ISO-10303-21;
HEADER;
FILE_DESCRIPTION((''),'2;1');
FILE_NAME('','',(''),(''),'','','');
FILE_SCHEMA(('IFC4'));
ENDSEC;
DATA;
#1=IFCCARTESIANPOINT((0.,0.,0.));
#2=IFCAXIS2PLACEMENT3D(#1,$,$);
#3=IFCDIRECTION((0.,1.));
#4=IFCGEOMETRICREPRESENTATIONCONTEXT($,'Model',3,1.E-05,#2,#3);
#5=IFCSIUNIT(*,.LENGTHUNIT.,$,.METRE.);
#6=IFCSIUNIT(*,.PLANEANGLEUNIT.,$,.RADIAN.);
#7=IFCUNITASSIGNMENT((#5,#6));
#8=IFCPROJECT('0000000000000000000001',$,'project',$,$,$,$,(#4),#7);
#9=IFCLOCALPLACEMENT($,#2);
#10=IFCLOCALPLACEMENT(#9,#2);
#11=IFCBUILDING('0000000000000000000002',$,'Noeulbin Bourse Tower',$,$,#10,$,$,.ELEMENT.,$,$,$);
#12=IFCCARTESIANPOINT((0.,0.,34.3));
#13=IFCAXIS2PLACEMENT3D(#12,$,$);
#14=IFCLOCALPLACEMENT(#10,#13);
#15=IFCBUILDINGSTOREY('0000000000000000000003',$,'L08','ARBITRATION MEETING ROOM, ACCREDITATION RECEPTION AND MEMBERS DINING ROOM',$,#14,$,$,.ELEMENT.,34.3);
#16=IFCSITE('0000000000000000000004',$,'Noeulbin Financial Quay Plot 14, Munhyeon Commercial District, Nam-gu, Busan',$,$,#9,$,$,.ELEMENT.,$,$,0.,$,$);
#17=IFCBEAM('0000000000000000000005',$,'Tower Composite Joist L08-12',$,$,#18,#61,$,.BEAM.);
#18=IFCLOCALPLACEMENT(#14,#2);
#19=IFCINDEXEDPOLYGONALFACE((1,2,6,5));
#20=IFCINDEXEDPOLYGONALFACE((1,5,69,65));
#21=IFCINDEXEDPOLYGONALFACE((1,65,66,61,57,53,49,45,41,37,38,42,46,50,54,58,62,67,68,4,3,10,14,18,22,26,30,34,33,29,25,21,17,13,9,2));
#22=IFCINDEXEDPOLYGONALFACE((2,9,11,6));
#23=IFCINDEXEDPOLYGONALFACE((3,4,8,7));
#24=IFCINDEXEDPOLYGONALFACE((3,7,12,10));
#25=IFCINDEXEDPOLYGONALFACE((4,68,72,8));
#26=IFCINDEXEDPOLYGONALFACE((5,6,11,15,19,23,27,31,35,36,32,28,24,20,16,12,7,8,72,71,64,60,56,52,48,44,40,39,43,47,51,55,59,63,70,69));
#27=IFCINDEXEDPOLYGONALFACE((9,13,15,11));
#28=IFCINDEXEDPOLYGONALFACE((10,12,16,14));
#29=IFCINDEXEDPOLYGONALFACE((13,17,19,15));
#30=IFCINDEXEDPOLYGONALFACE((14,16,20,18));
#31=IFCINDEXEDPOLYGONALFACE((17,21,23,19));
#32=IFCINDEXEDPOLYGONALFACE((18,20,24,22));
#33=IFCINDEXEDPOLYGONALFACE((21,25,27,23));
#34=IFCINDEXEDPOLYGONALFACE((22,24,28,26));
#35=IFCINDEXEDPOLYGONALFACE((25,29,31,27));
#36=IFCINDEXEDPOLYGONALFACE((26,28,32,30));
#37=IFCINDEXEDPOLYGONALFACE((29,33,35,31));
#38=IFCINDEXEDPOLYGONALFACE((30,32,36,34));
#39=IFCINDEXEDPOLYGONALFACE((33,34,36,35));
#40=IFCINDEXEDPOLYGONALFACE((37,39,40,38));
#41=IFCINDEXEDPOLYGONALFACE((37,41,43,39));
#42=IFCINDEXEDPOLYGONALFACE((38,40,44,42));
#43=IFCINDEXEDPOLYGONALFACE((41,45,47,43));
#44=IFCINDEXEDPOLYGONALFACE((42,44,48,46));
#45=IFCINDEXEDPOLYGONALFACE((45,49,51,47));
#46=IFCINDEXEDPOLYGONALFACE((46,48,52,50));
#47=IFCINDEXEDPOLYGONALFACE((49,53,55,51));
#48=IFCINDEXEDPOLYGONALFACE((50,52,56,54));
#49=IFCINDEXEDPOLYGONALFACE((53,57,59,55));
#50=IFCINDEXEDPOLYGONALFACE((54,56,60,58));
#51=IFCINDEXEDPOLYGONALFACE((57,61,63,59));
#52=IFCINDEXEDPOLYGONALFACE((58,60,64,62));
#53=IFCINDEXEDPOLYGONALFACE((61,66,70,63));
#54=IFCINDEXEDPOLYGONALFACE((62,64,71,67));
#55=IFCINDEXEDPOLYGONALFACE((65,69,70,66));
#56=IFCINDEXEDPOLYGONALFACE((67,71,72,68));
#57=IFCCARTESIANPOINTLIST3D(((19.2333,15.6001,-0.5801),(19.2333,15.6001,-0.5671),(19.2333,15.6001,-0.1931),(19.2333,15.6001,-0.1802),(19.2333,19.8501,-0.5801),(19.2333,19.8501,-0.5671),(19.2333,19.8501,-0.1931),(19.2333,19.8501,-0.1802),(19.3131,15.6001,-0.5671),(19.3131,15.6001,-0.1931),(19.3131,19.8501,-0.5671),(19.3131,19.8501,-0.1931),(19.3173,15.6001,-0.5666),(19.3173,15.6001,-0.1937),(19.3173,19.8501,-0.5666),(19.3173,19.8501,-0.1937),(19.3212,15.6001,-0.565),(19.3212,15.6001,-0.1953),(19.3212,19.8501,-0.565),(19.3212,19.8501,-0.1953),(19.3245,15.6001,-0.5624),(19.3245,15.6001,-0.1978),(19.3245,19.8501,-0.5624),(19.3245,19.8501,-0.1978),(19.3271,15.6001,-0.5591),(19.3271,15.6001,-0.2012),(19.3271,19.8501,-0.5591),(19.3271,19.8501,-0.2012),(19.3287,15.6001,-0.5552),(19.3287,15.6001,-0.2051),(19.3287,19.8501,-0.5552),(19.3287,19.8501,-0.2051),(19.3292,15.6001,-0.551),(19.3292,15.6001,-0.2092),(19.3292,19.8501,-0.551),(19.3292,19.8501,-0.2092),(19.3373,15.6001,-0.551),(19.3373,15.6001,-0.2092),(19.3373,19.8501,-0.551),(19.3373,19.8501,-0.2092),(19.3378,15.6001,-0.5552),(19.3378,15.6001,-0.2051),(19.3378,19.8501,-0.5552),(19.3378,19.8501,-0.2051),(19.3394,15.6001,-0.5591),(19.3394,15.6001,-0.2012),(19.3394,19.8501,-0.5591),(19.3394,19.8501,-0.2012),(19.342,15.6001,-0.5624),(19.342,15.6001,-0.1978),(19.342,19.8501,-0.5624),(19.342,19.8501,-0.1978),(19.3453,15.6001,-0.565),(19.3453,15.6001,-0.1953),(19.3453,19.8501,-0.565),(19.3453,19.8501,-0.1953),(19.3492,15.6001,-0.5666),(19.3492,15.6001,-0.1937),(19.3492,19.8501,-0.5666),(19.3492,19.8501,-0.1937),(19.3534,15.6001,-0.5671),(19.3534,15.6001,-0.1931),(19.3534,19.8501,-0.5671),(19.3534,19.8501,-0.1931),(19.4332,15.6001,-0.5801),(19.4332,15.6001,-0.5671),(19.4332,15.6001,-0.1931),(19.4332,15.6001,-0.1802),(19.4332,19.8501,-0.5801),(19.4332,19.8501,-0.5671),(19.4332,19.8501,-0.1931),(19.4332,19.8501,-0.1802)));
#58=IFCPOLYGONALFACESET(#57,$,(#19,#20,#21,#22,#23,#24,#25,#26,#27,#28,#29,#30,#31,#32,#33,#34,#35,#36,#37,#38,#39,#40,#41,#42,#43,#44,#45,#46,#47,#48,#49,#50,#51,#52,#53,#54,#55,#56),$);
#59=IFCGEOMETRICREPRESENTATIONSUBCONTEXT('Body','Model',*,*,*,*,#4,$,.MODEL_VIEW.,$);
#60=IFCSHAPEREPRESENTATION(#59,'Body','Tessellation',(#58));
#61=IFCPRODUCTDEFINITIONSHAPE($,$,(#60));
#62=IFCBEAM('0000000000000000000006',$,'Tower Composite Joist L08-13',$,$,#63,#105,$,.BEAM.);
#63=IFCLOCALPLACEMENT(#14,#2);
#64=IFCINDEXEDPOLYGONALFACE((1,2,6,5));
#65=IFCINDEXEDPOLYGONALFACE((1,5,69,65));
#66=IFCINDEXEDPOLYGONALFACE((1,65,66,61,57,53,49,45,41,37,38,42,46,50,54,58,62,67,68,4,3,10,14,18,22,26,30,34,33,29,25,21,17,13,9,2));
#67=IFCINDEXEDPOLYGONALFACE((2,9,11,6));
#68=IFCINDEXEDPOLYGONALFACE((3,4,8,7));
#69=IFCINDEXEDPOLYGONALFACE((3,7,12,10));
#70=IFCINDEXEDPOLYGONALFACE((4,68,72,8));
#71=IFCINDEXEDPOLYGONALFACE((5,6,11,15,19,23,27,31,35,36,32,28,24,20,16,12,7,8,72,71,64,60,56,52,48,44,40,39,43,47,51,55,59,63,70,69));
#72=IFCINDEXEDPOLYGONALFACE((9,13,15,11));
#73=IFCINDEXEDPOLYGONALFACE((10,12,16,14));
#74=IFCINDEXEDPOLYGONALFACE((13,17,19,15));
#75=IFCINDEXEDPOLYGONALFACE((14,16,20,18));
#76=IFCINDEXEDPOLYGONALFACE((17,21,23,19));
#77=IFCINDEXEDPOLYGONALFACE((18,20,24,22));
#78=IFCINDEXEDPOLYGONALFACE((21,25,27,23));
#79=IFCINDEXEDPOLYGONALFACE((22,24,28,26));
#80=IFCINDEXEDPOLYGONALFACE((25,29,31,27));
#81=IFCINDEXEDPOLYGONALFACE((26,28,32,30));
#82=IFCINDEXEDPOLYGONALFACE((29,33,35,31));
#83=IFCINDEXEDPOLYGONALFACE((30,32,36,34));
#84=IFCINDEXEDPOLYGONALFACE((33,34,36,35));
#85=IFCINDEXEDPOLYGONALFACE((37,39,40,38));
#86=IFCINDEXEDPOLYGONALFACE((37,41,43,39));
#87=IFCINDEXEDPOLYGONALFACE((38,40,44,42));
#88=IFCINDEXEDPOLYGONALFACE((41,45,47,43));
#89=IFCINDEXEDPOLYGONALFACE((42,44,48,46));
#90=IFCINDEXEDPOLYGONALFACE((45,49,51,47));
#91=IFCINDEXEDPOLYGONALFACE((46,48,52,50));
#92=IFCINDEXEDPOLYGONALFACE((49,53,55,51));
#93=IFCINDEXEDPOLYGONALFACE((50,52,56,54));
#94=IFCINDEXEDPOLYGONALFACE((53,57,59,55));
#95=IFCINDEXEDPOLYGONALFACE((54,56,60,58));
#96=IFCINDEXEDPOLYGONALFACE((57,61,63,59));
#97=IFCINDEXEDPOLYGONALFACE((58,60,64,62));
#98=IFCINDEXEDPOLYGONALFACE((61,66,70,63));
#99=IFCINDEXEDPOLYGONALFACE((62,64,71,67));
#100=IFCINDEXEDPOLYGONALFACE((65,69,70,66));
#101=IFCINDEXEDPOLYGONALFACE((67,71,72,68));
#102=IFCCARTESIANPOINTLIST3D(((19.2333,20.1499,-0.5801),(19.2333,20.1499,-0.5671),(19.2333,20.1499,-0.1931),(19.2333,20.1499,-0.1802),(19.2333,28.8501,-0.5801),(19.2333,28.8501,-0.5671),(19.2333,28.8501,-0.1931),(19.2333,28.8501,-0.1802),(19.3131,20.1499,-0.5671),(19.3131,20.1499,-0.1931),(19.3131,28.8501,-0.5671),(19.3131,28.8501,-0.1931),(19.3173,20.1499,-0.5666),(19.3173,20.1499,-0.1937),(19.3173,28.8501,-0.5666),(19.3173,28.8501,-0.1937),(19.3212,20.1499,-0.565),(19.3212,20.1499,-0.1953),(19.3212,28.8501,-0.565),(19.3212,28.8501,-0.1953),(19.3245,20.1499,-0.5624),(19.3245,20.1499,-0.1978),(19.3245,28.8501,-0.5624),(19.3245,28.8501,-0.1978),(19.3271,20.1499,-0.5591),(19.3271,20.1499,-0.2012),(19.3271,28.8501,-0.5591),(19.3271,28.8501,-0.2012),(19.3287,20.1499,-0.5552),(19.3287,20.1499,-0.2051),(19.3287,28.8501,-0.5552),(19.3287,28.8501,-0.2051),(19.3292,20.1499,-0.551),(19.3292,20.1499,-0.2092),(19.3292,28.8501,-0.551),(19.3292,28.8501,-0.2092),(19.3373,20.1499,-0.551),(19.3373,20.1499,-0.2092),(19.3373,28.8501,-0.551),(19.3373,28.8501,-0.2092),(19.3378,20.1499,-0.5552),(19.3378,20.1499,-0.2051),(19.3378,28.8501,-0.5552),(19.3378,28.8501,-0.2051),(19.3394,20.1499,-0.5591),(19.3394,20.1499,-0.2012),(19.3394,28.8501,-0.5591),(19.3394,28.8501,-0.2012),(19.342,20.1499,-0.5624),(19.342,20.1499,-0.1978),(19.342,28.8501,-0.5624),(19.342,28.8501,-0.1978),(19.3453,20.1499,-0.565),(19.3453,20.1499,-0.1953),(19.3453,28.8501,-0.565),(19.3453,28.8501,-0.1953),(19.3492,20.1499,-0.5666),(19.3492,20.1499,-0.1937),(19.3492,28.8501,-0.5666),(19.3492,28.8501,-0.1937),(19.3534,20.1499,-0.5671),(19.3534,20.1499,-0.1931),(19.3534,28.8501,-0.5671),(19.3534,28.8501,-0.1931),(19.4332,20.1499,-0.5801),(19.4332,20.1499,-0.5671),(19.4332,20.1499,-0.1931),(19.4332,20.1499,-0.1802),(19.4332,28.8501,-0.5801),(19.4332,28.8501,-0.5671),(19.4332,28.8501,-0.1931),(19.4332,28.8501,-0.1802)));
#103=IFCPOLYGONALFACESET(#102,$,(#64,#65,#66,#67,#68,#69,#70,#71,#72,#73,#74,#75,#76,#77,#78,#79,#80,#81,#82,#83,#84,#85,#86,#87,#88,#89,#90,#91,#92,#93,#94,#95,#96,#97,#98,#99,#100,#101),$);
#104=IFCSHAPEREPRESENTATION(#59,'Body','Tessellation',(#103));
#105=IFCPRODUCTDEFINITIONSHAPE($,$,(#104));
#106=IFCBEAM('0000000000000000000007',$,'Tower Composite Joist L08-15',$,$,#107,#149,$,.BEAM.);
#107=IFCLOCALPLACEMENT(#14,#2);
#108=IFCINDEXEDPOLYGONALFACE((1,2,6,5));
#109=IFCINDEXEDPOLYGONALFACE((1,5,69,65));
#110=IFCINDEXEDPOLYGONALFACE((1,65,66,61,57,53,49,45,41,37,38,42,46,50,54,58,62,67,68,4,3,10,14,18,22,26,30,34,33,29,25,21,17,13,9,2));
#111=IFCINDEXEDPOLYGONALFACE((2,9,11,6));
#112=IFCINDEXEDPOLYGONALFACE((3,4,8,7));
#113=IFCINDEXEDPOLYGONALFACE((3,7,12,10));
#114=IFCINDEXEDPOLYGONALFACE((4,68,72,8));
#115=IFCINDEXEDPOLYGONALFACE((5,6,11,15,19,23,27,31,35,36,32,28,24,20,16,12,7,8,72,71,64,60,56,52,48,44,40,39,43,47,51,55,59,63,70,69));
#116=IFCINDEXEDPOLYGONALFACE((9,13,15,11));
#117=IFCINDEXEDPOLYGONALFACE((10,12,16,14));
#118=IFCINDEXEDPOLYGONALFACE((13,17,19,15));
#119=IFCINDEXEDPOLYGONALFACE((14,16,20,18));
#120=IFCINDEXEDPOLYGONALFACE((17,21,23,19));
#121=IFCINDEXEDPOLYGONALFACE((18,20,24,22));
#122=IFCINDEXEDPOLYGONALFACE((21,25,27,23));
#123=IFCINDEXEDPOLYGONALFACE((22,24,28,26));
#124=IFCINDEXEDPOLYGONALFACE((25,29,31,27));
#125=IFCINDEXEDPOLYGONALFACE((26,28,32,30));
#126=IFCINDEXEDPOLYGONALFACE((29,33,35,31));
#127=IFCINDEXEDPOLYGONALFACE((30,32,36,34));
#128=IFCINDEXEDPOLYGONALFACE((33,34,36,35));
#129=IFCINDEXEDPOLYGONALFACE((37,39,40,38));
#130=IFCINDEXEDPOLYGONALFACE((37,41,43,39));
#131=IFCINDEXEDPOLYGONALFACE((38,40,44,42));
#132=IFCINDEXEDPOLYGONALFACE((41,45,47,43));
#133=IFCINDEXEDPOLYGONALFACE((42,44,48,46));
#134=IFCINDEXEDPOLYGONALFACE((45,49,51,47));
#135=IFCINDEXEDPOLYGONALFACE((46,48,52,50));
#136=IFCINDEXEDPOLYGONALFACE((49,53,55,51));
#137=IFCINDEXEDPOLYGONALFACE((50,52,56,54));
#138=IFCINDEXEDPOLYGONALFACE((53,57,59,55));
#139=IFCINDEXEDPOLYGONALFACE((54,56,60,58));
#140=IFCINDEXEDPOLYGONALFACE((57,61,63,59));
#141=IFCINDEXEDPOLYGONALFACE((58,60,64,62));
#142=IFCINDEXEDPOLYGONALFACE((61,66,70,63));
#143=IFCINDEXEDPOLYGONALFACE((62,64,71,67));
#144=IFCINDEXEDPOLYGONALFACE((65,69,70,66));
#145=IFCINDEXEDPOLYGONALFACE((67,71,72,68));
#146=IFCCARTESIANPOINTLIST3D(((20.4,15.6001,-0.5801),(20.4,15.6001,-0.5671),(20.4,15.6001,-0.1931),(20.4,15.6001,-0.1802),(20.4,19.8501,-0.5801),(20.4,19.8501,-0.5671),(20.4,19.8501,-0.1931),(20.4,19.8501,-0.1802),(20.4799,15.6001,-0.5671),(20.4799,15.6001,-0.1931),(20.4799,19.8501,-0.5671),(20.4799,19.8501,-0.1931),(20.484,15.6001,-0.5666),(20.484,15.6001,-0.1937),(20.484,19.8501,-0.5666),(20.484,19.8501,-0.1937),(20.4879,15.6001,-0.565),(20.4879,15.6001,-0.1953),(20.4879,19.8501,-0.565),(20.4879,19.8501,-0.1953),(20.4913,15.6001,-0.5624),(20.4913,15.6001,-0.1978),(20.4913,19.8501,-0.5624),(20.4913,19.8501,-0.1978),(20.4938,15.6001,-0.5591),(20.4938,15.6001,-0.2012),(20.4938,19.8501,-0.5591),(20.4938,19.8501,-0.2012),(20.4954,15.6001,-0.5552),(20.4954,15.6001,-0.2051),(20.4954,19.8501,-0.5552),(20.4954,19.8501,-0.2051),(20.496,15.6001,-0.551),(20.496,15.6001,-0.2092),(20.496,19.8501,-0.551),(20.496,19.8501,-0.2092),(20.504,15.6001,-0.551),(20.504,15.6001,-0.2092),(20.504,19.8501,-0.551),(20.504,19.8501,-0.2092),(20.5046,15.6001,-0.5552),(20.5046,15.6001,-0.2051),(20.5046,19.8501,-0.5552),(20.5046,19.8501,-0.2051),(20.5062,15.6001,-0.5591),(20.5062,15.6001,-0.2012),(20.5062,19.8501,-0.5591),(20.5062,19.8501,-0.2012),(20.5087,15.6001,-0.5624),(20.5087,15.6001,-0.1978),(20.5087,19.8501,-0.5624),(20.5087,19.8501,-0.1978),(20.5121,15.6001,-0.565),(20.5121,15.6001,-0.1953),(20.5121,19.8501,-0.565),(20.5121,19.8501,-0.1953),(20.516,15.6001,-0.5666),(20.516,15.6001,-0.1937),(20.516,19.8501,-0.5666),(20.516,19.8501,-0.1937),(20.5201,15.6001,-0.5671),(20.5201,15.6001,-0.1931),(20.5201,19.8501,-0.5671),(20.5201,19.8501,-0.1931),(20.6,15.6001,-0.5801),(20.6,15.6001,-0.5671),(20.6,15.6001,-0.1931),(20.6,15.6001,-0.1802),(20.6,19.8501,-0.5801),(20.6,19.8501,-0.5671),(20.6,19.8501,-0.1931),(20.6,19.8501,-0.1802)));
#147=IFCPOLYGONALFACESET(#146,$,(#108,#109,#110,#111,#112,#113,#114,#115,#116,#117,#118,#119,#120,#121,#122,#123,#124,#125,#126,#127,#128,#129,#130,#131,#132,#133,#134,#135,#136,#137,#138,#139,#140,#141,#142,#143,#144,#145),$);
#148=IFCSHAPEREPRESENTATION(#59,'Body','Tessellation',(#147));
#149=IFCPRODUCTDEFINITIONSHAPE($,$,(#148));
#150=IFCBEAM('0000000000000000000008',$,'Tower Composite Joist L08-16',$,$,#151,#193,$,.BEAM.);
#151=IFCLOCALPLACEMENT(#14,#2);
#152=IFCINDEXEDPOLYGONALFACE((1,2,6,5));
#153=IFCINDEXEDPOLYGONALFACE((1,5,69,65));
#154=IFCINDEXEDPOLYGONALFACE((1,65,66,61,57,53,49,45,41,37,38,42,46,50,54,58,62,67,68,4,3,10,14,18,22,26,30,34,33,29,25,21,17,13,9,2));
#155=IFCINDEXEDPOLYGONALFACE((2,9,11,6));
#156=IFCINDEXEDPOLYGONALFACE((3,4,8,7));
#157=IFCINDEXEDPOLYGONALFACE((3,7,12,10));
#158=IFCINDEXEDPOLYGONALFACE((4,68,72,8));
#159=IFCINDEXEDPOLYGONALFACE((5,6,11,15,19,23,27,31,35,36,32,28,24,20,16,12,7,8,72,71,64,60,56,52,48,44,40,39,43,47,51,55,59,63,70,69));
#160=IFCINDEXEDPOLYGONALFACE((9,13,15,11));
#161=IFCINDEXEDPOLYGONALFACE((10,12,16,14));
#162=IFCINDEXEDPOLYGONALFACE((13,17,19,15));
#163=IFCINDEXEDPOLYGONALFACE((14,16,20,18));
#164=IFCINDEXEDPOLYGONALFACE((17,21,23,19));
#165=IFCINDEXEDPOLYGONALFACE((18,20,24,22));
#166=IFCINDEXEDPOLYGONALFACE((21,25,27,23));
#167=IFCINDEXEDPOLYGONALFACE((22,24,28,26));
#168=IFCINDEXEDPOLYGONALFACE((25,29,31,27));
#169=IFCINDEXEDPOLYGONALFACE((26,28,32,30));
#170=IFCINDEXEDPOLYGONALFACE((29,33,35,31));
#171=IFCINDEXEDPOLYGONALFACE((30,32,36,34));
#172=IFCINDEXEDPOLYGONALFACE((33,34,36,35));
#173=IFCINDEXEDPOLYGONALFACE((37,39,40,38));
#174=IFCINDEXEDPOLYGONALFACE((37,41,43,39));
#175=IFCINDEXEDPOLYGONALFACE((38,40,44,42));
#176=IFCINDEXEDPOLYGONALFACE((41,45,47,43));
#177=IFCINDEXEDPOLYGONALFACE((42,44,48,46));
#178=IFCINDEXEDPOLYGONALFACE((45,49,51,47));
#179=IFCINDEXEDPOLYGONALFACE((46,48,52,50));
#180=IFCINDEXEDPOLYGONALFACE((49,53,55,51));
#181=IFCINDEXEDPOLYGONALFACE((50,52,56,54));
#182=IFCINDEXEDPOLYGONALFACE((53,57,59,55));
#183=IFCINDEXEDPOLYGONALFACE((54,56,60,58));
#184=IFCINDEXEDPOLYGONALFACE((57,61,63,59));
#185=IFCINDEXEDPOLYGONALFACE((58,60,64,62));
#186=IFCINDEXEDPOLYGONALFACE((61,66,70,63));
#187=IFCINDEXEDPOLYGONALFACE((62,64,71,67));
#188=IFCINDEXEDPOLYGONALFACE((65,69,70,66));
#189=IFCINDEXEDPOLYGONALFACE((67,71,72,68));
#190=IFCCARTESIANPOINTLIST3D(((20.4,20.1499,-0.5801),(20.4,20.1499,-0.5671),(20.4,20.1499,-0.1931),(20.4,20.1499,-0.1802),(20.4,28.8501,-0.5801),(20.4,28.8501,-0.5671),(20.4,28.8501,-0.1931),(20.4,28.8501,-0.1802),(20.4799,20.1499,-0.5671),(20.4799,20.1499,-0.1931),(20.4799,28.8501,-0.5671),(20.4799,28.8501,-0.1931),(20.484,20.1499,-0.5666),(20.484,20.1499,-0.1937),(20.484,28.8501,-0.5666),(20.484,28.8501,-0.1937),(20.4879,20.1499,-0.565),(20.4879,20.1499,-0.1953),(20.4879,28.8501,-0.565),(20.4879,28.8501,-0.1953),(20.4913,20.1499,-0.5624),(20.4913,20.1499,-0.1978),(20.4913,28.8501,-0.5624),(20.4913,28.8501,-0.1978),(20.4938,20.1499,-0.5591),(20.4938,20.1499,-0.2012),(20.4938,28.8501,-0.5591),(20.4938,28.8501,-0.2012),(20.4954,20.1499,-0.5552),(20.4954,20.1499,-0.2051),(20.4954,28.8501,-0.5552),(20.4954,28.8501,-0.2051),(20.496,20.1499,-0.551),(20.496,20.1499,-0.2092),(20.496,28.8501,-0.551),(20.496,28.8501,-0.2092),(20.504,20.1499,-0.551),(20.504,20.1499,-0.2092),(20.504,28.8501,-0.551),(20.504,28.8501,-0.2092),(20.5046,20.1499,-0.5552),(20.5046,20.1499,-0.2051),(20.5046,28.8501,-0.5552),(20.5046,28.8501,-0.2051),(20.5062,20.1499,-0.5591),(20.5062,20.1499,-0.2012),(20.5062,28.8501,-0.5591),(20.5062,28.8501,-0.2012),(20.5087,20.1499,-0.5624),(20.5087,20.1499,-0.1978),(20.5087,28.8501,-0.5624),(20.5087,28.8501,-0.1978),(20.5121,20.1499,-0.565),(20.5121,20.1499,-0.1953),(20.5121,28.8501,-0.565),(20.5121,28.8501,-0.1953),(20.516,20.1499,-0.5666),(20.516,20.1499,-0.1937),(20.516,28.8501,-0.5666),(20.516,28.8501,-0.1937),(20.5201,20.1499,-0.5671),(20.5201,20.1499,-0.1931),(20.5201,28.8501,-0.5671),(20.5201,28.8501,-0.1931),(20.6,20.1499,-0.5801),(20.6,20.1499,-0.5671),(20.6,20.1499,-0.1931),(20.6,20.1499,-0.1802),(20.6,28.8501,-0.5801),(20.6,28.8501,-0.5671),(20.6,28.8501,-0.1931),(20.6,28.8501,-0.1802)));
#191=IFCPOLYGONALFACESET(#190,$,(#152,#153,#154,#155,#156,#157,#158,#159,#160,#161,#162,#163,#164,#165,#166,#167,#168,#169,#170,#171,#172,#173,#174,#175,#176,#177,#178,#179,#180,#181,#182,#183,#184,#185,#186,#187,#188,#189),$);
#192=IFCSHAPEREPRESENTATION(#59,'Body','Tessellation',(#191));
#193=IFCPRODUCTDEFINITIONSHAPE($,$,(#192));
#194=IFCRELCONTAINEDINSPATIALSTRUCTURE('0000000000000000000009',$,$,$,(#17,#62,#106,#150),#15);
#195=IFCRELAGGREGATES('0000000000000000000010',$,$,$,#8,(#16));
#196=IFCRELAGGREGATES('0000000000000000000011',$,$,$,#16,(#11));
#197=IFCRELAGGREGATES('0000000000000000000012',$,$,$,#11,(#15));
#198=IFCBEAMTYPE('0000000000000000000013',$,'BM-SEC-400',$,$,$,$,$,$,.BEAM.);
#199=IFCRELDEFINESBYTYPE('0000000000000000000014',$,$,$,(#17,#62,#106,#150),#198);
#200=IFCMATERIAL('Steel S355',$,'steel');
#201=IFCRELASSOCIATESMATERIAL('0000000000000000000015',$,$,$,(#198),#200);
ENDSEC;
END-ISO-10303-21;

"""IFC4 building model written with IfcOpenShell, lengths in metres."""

from ifc_helpers import new_model, si_unit, direction, frame, origin, origin_2d, place, context, subcontext, project, spatial, i_section, extrude, material, material_profile, profile_set, type_object, element, save


model = new_model("IFC4")

# Units and contexts
model_context = context("Model", 3, precision=1e-05, world=origin(), true_north=direction((0.0, 1.0)))
body_context = subcontext(model_context, "Body", "Model", "MODEL_VIEW")
ifc_project = project(units=[si_unit("LENGTHUNIT", "METRE"), si_unit("PLANEANGLEUNIT", "RADIAN")], contexts=[model_context])

# Site, building, storey
site_placement = place(None, origin())
site = spatial("IfcSite", under=ifc_project, at=site_placement, Name="Noeulbin Financial Quay Plot 14, Munhyeon Commercial District, Nam-gu, Busan", CompositionType="ELEMENT", RefElevation=0.0)
building_placement = place(site_placement, origin())
building = spatial("IfcBuilding", under=site, at=building_placement, Name="Noeulbin Bourse Tower", CompositionType="ELEMENT")
storey_placement = place(building_placement, frame((0.0, 0.0, 34.3)))
storey = spatial("IfcBuildingStorey", under=building, at=storey_placement, Name="L08", Description="ARBITRATION MEETING ROOM, ACCREDITATION RECEPTION AND MEMBERS DINING ROOM", CompositionType="ELEMENT", Elevation=34.3)

# Beams
ifc_material_1 = material(Name="Steel S355", Category="steel")
ifc_material_profile_1 = material_profile(ifc_material_1, i_section(OverallWidth=0.2, OverallDepth=0.3999, WebThickness=0.0081, FlangeThickness=0.0129, FilletRadius=0.0161, at=origin_2d()), Name="H-400x200x8x13", Category="LoadBearing")
ifc_profile_set_1 = profile_set([ifc_material_profile_1], Name="Steel S355")
beam_type_1 = type_object("IfcBeamType", Name="BM-SEC-400", PredefinedType="BEAM", material=ifc_profile_set_1)
beam_1_placement = place(storey_placement, frame((19.3333, 15.6001, -0.3801), z_axis=(0.0, 1.0, 0.0), x_axis=(-1.0, 0.0, 0.0)))
element("IfcBeam", 1, at=beam_1_placement, inside=storey, type_object=beam_type_1, Name="Tower Composite Joist L08-12", PredefinedType="BEAM", context=body_context, shape_type="SweptSolid", body=[
    extrude(i_section(OverallWidth=0.2, OverallDepth=0.3999, WebThickness=0.0081, FlangeThickness=0.0129, FilletRadius=0.0161, at=origin_2d()), origin(), (0.0, 0.0, 1.0), 4.25),
])
beam_2_placement = place(storey_placement, frame((19.3333, 20.1499, -0.3801), z_axis=(0.0, 1.0, 0.0), x_axis=(-1.0, 0.0, 0.0)))
element("IfcBeam", 2, at=beam_2_placement, inside=storey, type_object=beam_type_1, Name="Tower Composite Joist L08-13", PredefinedType="BEAM", context=body_context, shape_type="SweptSolid", body=[
    extrude(i_section(OverallWidth=0.2, OverallDepth=0.3999, WebThickness=0.0081, FlangeThickness=0.0129, FilletRadius=0.0161, at=origin_2d()), origin(), (0.0, 0.0, 1.0), 8.7002),
])
beam_3_placement = place(storey_placement, frame((20.5, 15.6001, -0.3801), z_axis=(0.0, 1.0, 0.0), x_axis=(-1.0, 0.0, 0.0)))
element("IfcBeam", 3, at=beam_3_placement, inside=storey, type_object=beam_type_1, Name="Tower Composite Joist L08-15", PredefinedType="BEAM", context=body_context, shape_type="SweptSolid", body=[
    extrude(i_section(OverallWidth=0.2, OverallDepth=0.3999, WebThickness=0.0081, FlangeThickness=0.0129, FilletRadius=0.0161, at=origin_2d()), origin(), (0.0, 0.0, 1.0), 4.25),
])
beam_4_placement = place(storey_placement, frame((20.5, 20.1499, -0.3801), z_axis=(0.0, 1.0, 0.0), x_axis=(-1.0, 0.0, 0.0)))
element("IfcBeam", 4, at=beam_4_placement, inside=storey, type_object=beam_type_1, Name="Tower Composite Joist L08-16", PredefinedType="BEAM", context=body_context, shape_type="SweptSolid", body=[
    extrude(i_section(OverallWidth=0.2, OverallDepth=0.3999, WebThickness=0.0081, FlangeThickness=0.0129, FilletRadius=0.0161, at=origin_2d()), origin(), (0.0, 0.0, 1.0), 8.7002),
])

save(model, "model.ifc")
